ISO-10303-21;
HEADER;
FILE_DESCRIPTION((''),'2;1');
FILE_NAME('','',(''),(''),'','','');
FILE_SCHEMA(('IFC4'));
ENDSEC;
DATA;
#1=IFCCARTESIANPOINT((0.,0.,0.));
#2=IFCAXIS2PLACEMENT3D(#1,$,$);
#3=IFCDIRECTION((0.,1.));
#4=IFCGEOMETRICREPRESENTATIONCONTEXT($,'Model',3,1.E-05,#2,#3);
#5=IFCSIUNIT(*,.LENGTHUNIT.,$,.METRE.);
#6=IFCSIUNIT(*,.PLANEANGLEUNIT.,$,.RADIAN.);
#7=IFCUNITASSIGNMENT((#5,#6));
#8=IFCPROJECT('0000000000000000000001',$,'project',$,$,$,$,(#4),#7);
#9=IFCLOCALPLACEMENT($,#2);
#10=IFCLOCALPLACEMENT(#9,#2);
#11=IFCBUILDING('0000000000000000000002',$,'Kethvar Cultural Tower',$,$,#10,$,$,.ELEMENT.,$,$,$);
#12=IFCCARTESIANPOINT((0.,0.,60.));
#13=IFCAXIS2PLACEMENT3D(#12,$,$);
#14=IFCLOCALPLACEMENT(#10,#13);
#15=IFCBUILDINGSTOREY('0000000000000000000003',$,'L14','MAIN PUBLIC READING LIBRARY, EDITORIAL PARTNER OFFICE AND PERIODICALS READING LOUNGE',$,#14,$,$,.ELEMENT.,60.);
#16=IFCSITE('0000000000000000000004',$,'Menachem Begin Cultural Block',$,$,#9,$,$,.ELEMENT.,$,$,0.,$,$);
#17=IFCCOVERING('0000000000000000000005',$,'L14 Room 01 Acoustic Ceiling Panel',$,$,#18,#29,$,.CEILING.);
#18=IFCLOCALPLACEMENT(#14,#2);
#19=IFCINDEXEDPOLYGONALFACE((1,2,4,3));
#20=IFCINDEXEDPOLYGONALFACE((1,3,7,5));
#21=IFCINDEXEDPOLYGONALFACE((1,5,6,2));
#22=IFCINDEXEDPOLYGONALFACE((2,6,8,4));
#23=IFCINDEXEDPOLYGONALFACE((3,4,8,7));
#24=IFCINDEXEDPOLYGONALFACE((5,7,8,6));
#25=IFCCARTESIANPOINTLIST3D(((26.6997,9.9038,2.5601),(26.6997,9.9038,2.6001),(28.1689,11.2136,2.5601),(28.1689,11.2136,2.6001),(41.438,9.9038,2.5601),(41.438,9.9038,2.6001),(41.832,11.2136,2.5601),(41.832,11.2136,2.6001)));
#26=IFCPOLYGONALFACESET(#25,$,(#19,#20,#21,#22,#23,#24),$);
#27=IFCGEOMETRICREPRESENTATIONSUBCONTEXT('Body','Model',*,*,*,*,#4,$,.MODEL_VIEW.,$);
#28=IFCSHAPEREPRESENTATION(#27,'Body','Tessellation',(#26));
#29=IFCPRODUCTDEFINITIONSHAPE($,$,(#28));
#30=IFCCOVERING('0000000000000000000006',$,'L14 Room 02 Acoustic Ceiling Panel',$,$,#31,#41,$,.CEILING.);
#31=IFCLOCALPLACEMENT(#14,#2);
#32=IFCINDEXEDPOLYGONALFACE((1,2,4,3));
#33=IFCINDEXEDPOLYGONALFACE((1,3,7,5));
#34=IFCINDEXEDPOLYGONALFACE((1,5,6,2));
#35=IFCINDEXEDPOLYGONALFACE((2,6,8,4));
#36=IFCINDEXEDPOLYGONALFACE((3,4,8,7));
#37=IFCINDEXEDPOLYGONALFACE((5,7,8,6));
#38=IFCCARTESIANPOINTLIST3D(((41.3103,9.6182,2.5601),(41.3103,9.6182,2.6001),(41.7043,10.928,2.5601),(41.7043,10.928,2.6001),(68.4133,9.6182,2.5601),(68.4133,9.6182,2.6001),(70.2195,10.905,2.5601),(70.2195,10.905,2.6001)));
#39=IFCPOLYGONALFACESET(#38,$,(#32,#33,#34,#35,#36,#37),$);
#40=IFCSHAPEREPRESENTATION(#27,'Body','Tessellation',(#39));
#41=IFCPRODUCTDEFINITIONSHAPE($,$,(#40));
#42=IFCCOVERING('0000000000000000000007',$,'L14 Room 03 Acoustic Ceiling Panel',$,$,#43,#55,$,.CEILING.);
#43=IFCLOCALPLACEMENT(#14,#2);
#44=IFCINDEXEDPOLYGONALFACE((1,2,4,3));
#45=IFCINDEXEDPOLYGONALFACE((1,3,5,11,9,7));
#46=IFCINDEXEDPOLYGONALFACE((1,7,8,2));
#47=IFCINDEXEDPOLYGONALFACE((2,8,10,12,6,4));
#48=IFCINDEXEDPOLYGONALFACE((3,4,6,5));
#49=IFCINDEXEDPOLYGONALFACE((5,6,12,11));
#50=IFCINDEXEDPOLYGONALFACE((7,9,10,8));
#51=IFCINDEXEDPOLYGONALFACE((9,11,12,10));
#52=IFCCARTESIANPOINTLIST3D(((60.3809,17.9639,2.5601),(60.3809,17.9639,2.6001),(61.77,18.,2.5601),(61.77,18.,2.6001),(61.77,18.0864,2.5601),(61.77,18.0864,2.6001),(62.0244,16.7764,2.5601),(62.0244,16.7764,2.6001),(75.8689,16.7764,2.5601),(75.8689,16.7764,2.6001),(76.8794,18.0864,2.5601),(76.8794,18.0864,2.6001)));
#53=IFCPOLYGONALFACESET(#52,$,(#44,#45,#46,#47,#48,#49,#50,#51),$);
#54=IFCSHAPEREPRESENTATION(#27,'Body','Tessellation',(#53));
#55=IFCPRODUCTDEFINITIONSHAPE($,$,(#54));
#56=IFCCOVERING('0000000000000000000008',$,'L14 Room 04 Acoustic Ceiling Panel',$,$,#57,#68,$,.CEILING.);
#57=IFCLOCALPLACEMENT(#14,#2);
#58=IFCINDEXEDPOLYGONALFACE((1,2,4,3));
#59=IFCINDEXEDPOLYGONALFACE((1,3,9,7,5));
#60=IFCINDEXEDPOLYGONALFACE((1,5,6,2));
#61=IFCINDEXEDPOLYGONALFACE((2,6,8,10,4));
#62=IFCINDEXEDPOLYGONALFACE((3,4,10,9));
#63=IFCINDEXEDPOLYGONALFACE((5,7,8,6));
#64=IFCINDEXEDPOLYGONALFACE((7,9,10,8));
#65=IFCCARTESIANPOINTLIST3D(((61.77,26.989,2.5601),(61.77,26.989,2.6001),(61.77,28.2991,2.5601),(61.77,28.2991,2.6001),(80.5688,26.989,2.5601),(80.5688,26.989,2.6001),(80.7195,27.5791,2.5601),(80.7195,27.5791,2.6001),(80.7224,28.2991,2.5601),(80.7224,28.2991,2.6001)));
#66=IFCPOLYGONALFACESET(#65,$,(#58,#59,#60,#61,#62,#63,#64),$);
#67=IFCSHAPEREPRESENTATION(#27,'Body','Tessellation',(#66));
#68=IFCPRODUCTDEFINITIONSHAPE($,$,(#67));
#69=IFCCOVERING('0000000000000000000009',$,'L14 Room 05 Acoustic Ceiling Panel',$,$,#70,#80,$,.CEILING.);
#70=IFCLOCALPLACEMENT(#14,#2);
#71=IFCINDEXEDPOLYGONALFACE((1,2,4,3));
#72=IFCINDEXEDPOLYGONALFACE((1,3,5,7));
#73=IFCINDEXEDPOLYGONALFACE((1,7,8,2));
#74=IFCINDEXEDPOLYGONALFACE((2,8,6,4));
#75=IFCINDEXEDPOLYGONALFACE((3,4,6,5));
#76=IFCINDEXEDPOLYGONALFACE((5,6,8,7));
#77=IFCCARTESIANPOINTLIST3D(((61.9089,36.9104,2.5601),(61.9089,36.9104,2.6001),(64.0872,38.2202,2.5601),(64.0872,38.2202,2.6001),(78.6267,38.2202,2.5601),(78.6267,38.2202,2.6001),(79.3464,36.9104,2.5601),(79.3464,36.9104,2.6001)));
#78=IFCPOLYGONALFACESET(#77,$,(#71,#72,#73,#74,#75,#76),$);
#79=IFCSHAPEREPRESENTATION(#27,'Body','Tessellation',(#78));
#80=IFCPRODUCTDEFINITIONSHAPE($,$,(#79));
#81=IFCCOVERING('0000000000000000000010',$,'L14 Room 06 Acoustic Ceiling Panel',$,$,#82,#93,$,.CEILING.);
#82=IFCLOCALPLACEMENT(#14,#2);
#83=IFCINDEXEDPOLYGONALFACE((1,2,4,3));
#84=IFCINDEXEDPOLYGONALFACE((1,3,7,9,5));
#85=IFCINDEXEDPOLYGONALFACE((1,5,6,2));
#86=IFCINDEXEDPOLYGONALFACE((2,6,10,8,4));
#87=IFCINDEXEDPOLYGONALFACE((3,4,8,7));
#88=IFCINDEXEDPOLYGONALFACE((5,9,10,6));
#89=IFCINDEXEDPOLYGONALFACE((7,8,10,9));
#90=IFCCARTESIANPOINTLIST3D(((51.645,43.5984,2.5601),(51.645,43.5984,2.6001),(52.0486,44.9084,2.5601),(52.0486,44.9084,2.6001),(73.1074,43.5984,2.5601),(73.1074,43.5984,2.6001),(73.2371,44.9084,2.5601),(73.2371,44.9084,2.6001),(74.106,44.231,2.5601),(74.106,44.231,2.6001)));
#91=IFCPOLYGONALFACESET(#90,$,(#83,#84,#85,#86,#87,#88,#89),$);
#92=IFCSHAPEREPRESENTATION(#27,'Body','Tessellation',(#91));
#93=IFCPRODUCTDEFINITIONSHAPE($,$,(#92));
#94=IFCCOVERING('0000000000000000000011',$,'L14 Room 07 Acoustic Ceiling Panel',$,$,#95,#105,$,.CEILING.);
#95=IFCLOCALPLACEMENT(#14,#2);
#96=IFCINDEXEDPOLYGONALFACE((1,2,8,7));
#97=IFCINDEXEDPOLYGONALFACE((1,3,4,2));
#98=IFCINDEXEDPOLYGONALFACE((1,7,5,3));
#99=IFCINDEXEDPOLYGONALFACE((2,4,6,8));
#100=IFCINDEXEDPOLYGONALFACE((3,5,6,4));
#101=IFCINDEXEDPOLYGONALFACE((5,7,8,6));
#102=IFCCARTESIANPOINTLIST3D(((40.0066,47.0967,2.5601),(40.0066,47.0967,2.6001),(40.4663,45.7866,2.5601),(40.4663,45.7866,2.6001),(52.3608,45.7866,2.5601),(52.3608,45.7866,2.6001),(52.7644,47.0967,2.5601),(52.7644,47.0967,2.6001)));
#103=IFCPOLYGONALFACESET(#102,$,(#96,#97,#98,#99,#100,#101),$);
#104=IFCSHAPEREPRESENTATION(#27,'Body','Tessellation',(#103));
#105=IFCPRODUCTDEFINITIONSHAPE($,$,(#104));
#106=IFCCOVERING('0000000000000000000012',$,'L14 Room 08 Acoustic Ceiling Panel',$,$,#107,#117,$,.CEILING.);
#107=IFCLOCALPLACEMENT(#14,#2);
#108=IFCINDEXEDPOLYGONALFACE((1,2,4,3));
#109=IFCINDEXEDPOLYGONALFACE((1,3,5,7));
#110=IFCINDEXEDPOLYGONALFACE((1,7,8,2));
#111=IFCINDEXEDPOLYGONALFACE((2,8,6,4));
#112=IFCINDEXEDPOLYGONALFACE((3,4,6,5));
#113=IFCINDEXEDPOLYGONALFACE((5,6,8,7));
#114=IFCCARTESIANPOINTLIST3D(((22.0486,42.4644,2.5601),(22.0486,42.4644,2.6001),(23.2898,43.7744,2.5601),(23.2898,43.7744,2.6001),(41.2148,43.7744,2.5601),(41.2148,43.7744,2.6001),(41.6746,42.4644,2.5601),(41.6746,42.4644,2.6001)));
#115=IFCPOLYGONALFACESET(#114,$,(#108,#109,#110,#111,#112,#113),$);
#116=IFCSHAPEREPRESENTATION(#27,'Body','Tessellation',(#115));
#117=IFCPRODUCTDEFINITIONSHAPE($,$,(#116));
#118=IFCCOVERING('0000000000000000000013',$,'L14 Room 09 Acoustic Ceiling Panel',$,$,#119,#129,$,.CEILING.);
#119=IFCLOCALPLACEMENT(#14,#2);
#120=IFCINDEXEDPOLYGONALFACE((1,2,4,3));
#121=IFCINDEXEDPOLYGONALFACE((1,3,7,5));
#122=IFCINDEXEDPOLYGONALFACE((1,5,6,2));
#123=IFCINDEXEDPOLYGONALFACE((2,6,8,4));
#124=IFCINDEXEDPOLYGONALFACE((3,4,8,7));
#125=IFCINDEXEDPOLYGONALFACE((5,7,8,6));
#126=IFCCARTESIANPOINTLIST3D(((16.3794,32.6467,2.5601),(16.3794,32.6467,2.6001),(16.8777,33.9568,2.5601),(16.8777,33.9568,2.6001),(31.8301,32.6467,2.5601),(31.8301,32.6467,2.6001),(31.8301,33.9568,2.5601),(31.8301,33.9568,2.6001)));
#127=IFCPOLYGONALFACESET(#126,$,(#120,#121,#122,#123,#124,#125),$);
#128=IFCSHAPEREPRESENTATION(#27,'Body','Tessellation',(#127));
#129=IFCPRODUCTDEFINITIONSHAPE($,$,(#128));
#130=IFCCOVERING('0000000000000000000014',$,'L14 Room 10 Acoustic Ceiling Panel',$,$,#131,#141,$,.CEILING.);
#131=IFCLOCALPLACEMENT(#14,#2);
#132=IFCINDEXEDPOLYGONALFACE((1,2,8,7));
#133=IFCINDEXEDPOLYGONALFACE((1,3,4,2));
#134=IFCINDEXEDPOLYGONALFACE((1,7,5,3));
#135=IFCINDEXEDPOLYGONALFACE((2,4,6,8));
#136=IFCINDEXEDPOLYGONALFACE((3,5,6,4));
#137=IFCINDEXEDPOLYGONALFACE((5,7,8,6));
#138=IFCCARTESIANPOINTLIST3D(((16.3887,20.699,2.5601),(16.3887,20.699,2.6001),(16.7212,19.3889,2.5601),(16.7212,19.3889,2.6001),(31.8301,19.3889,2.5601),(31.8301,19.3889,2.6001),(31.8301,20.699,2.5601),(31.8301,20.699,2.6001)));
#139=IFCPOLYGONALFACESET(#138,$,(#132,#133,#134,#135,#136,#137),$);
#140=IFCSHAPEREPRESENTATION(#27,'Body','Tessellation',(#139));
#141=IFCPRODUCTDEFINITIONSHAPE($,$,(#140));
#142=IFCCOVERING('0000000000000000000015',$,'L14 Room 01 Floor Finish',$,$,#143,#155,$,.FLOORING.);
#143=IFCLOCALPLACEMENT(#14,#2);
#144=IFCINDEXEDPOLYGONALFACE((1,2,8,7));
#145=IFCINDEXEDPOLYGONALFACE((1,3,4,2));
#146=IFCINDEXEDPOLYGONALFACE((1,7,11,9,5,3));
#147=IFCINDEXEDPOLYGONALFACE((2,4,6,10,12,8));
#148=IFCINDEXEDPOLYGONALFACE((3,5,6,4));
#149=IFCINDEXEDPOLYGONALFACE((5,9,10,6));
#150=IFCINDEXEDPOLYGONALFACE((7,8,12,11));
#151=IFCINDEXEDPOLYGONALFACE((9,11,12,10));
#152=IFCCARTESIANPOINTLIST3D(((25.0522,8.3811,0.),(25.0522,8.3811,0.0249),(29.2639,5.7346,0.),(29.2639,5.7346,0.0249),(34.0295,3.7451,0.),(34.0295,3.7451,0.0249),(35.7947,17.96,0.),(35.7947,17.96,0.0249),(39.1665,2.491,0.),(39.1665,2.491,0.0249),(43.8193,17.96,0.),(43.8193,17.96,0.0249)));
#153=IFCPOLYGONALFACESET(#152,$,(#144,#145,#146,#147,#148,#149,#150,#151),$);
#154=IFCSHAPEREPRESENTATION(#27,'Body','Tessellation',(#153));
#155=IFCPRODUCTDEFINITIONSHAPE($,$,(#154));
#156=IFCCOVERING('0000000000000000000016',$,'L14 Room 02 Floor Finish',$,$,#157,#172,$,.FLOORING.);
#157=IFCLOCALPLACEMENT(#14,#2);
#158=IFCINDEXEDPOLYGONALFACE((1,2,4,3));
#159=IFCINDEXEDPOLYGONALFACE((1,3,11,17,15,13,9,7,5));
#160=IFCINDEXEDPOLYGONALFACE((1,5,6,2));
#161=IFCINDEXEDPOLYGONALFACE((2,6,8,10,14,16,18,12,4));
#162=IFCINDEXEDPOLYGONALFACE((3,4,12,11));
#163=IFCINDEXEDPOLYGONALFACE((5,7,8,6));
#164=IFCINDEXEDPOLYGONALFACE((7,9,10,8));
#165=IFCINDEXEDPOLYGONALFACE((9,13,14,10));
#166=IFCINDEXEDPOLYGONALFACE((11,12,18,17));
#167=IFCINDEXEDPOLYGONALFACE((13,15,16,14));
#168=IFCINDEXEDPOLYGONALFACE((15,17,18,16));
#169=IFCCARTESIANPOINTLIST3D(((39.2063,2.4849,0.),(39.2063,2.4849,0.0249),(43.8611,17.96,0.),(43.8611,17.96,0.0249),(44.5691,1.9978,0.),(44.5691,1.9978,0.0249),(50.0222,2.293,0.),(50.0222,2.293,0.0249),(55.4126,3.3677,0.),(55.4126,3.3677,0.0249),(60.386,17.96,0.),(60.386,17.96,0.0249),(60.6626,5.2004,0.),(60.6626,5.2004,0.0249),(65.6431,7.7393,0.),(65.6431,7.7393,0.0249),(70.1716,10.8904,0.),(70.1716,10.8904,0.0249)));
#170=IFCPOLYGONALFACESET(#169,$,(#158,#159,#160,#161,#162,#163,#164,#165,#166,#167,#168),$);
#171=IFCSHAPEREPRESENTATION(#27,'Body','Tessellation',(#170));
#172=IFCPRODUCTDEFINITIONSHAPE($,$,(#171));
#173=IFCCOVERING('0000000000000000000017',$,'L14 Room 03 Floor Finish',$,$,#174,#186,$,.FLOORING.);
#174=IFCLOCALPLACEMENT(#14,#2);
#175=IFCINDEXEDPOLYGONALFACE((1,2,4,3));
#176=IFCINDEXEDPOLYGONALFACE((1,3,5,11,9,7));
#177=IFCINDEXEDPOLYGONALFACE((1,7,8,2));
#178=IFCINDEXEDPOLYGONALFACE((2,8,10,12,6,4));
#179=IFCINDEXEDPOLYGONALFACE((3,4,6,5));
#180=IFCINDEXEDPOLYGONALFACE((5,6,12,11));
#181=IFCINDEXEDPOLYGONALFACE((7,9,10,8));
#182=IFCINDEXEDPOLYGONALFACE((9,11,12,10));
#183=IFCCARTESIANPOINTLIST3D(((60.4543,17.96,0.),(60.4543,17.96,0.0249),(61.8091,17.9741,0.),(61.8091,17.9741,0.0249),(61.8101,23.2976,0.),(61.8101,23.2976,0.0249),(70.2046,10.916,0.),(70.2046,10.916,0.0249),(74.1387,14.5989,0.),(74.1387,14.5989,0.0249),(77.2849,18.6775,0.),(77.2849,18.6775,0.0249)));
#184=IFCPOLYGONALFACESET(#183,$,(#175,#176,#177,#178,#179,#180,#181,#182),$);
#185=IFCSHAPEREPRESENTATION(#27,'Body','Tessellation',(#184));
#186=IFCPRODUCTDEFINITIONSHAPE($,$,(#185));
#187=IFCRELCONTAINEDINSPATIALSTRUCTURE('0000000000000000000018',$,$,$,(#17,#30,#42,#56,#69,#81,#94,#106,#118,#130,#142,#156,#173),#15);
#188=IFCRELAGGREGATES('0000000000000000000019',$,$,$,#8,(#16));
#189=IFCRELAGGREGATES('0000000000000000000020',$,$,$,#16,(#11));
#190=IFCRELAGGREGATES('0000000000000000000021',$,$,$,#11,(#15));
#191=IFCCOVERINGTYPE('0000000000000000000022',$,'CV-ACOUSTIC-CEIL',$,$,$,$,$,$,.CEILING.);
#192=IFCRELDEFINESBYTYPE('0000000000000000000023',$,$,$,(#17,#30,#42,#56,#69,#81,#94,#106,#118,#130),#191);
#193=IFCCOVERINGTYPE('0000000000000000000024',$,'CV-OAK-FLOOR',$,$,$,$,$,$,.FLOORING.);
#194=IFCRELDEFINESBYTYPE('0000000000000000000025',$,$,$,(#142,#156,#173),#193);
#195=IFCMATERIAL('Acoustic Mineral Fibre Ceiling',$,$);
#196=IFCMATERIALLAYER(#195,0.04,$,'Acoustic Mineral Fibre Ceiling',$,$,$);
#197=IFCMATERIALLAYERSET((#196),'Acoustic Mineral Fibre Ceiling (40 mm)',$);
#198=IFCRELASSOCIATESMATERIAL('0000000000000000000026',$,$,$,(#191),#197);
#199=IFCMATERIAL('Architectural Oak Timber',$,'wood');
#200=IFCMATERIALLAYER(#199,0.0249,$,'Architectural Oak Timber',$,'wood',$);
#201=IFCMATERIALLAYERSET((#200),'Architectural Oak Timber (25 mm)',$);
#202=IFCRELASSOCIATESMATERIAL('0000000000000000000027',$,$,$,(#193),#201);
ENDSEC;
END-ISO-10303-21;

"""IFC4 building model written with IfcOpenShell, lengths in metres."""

from ifc_helpers import new_model, si_unit, direction, frame, origin, place, context, subcontext, project, spatial, polyline, outline, extrude, material, layer, layer_set, type_object, element, save


model = new_model("IFC4")

# Units and contexts
model_context = context("Model", 3, precision=1e-05, world=origin(), true_north=direction((0.0, 1.0)))
body_context = subcontext(model_context, "Body", "Model", "MODEL_VIEW")
ifc_project = project(units=[si_unit("LENGTHUNIT", "METRE"), si_unit("PLANEANGLEUNIT", "RADIAN")], contexts=[model_context])

# Site, building, storey
site_placement = place(None, origin())
site = spatial("IfcSite", under=ifc_project, at=site_placement, Name="Menachem Begin Cultural Block", CompositionType="ELEMENT", RefElevation=0.0)
building_placement = place(site_placement, origin())
building = spatial("IfcBuilding", under=site, at=building_placement, Name="Kethvar Cultural Tower", CompositionType="ELEMENT")
storey_placement = place(building_placement, frame((0.0, 0.0, 60.0)))
storey = spatial("IfcBuildingStorey", under=building, at=storey_placement, Name="L14", Description="MAIN PUBLIC READING LIBRARY, EDITORIAL PARTNER OFFICE AND PERIODICALS READING LOUNGE", CompositionType="ELEMENT", Elevation=60.0)

# Coverings
ifc_material_1 = material(Name="Acoustic Mineral Fibre Ceiling")
ifc_layer_1 = layer(ifc_material_1, 0.04, Name="Acoustic Mineral Fibre Ceiling")
ifc_layer_set_1 = layer_set([ifc_layer_1], Name="Acoustic Mineral Fibre Ceiling (40 mm)")
covering_type_1 = type_object("IfcCoveringType", Name="CV-ACOUSTIC-CEIL", PredefinedType="CEILING", material=ifc_layer_set_1)
covering_1_placement = place(storey_placement, frame((0.0, 0.0, 2.5601)))
element("IfcCovering", 1, at=covering_1_placement, inside=storey, type_object=covering_type_1, Name="L14 Room 01 Acoustic Ceiling Panel", PredefinedType="CEILING", context=body_context, shape_type="SweptSolid", body=[
    extrude(outline(polyline([(28.1689, 11.2136), (41.832, 11.2136), (41.438, 9.9038), (26.6997, 9.9038), (28.1689, 11.2136)])), origin(), (0.0, 0.0, 1.0), 0.04),
])
covering_2_placement = place(storey_placement, frame((0.0, 0.0, 2.5601)))
element("IfcCovering", 2, at=covering_2_placement, inside=storey, type_object=covering_type_1, Name="L14 Room 02 Acoustic Ceiling Panel", PredefinedType="CEILING", context=body_context, shape_type="SweptSolid", body=[
    extrude(outline(polyline([(70.2195, 10.905), (68.4133, 9.6182), (41.3103, 9.6182), (41.7043, 10.928), (70.2195, 10.905)])), origin(), (0.0, 0.0, 1.0), 0.04),
])
covering_3_placement = place(storey_placement, frame((0.0, 0.0, 2.5601)))
element("IfcCovering", 3, at=covering_3_placement, inside=storey, type_object=covering_type_1, Name="L14 Room 03 Acoustic Ceiling Panel", PredefinedType="CEILING", context=body_context, shape_type="SweptSolid", body=[
    extrude(outline(polyline([(60.3809, 17.9639), (61.77, 18.0), (61.77, 18.0864), (76.8794, 18.0864), (75.8689, 16.7764), (62.0244, 16.7764), (60.3809, 17.9639)])), origin(), (0.0, 0.0, 1.0), 0.04),
])
covering_4_placement = place(storey_placement, frame((0.0, 0.0, 2.5601)))
element("IfcCovering", 4, at=covering_4_placement, inside=storey, type_object=covering_type_1, Name="L14 Room 04 Acoustic Ceiling Panel", PredefinedType="CEILING", context=body_context, shape_type="SweptSolid", body=[
    extrude(outline(polyline([(61.77, 28.2991), (80.7224, 28.2991), (80.7195, 27.5791), (80.5688, 26.989), (61.77, 26.989), (61.77, 28.2991)])), origin(), (0.0, 0.0, 1.0), 0.04),
])
covering_5_placement = place(storey_placement, frame((0.0, 0.0, 2.5601)))
element("IfcCovering", 5, at=covering_5_placement, inside=storey, type_object=covering_type_1, Name="L14 Room 05 Acoustic Ceiling Panel", PredefinedType="CEILING", context=body_context, shape_type="SweptSolid", body=[
    extrude(outline(polyline([(79.3464, 36.9104), (61.9089, 36.9104), (64.0872, 38.2202), (78.6267, 38.2202), (79.3464, 36.9104)])), origin(), (0.0, 0.0, 1.0), 0.04),
])
covering_6_placement = place(storey_placement, frame((0.0, 0.0, 2.5601)))
element("IfcCovering", 6, at=covering_6_placement, inside=storey, type_object=covering_type_1, Name="L14 Room 06 Acoustic Ceiling Panel", PredefinedType="CEILING", context=body_context, shape_type="SweptSolid", body=[
    extrude(outline(polyline([(74.106, 44.231), (73.1074, 43.5984), (51.645, 43.5984), (52.0486, 44.9084), (73.2371, 44.9084), (74.106, 44.231)])), origin(), (0.0, 0.0, 1.0), 0.04),
])
covering_7_placement = place(storey_placement, frame((0.0, 0.0, 2.5601)))
element("IfcCovering", 7, at=covering_7_placement, inside=storey, type_object=covering_type_1, Name="L14 Room 07 Acoustic Ceiling Panel", PredefinedType="CEILING", context=body_context, shape_type="SweptSolid", body=[
    extrude(outline(polyline([(52.3608, 45.7866), (40.4663, 45.7866), (40.0066, 47.0967), (52.7644, 47.0967), (52.3608, 45.7866)])), origin(), (0.0, 0.0, 1.0), 0.04),
])
covering_8_placement = place(storey_placement, frame((0.0, 0.0, 2.5601)))
element("IfcCovering", 8, at=covering_8_placement, inside=storey, type_object=covering_type_1, Name="L14 Room 08 Acoustic Ceiling Panel", PredefinedType="CEILING", context=body_context, shape_type="SweptSolid", body=[
    extrude(outline(polyline([(41.6746, 42.4644), (22.0486, 42.4644), (23.2898, 43.7744), (41.2148, 43.7744), (41.6746, 42.4644)])), origin(), (0.0, 0.0, 1.0), 0.04),
])
covering_9_placement = place(storey_placement, frame((0.0, 0.0, 2.5601)))
element("IfcCovering", 9, at=covering_9_placement, inside=storey, type_object=covering_type_1, Name="L14 Room 09 Acoustic Ceiling Panel", PredefinedType="CEILING", context=body_context, shape_type="SweptSolid", body=[
    extrude(outline(polyline([(16.3794, 32.6467), (16.8777, 33.9568), (31.8301, 33.9568), (31.8301, 32.6467), (16.3794, 32.6467)])), origin(), (0.0, 0.0, 1.0), 0.04),
])
covering_10_placement = place(storey_placement, frame((0.0, 0.0, 2.5601)))
element("IfcCovering", 10, at=covering_10_placement, inside=storey, type_object=covering_type_1, Name="L14 Room 10 Acoustic Ceiling Panel", PredefinedType="CEILING", context=body_context, shape_type="SweptSolid", body=[
    extrude(outline(polyline([(16.7212, 19.3889), (16.3887, 20.699), (31.8301, 20.699), (31.8301, 19.3889), (16.7212, 19.3889)])), origin(), (0.0, 0.0, 1.0), 0.04),
])
ifc_material_2 = material(Name="Architectural Oak Timber", Category="wood")
ifc_layer_2 = layer(ifc_material_2, 0.0249, Name="Architectural Oak Timber", Category="wood")
ifc_layer_set_2 = layer_set([ifc_layer_2], Name="Architectural Oak Timber (25 mm)")
covering_type_2 = type_object("IfcCoveringType", Name="CV-OAK-FLOOR", PredefinedType="FLOORING", material=ifc_layer_set_2)
covering_11_placement = place(storey_placement, origin())
element("IfcCovering", 11, at=covering_11_placement, inside=storey, type_object=covering_type_2, Name="L14 Room 01 Floor Finish", PredefinedType="FLOORING", context=body_context, shape_type="SweptSolid", body=[
    extrude(outline(polyline([(34.0295, 3.7451), (29.2639, 5.7346), (25.0522, 8.3811), (35.7947, 17.96), (43.8193, 17.96), (39.1665, 2.491), (34.0295, 3.7451)])), origin(), (0.0, 0.0, 1.0), 0.0249),
])
covering_12_placement = place(storey_placement, origin())
element("IfcCovering", 12, at=covering_12_placement, inside=storey, type_object=covering_type_2, Name="L14 Room 02 Floor Finish", PredefinedType="FLOORING", context=body_context, shape_type="SweptSolid", body=[
    extrude(outline(polyline([(70.1716, 10.8904), (65.6431, 7.7393), (60.6626, 5.2004), (55.4126, 3.3677), (50.0222, 2.293), (44.5691, 1.9978), (39.2063, 2.4849), (43.8611, 17.96), (60.386, 17.96), (70.1716, 10.8904)])), origin(), (0.0, 0.0, 1.0), 0.0249),
])
covering_13_placement = place(storey_placement, origin())
element("IfcCovering", 13, at=covering_13_placement, inside=storey, type_object=covering_type_2, Name="L14 Room 03 Floor Finish", PredefinedType="FLOORING", context=body_context, shape_type="SweptSolid", body=[
    extrude(outline(polyline([(74.1387, 14.5989), (70.2046, 10.916), (60.4543, 17.96), (61.8091, 17.9741), (61.8101, 23.2976), (77.2849, 18.6775), (74.1387, 14.5989)])), origin(), (0.0, 0.0, 1.0), 0.0249),
])

save(model, "model.ifc")
